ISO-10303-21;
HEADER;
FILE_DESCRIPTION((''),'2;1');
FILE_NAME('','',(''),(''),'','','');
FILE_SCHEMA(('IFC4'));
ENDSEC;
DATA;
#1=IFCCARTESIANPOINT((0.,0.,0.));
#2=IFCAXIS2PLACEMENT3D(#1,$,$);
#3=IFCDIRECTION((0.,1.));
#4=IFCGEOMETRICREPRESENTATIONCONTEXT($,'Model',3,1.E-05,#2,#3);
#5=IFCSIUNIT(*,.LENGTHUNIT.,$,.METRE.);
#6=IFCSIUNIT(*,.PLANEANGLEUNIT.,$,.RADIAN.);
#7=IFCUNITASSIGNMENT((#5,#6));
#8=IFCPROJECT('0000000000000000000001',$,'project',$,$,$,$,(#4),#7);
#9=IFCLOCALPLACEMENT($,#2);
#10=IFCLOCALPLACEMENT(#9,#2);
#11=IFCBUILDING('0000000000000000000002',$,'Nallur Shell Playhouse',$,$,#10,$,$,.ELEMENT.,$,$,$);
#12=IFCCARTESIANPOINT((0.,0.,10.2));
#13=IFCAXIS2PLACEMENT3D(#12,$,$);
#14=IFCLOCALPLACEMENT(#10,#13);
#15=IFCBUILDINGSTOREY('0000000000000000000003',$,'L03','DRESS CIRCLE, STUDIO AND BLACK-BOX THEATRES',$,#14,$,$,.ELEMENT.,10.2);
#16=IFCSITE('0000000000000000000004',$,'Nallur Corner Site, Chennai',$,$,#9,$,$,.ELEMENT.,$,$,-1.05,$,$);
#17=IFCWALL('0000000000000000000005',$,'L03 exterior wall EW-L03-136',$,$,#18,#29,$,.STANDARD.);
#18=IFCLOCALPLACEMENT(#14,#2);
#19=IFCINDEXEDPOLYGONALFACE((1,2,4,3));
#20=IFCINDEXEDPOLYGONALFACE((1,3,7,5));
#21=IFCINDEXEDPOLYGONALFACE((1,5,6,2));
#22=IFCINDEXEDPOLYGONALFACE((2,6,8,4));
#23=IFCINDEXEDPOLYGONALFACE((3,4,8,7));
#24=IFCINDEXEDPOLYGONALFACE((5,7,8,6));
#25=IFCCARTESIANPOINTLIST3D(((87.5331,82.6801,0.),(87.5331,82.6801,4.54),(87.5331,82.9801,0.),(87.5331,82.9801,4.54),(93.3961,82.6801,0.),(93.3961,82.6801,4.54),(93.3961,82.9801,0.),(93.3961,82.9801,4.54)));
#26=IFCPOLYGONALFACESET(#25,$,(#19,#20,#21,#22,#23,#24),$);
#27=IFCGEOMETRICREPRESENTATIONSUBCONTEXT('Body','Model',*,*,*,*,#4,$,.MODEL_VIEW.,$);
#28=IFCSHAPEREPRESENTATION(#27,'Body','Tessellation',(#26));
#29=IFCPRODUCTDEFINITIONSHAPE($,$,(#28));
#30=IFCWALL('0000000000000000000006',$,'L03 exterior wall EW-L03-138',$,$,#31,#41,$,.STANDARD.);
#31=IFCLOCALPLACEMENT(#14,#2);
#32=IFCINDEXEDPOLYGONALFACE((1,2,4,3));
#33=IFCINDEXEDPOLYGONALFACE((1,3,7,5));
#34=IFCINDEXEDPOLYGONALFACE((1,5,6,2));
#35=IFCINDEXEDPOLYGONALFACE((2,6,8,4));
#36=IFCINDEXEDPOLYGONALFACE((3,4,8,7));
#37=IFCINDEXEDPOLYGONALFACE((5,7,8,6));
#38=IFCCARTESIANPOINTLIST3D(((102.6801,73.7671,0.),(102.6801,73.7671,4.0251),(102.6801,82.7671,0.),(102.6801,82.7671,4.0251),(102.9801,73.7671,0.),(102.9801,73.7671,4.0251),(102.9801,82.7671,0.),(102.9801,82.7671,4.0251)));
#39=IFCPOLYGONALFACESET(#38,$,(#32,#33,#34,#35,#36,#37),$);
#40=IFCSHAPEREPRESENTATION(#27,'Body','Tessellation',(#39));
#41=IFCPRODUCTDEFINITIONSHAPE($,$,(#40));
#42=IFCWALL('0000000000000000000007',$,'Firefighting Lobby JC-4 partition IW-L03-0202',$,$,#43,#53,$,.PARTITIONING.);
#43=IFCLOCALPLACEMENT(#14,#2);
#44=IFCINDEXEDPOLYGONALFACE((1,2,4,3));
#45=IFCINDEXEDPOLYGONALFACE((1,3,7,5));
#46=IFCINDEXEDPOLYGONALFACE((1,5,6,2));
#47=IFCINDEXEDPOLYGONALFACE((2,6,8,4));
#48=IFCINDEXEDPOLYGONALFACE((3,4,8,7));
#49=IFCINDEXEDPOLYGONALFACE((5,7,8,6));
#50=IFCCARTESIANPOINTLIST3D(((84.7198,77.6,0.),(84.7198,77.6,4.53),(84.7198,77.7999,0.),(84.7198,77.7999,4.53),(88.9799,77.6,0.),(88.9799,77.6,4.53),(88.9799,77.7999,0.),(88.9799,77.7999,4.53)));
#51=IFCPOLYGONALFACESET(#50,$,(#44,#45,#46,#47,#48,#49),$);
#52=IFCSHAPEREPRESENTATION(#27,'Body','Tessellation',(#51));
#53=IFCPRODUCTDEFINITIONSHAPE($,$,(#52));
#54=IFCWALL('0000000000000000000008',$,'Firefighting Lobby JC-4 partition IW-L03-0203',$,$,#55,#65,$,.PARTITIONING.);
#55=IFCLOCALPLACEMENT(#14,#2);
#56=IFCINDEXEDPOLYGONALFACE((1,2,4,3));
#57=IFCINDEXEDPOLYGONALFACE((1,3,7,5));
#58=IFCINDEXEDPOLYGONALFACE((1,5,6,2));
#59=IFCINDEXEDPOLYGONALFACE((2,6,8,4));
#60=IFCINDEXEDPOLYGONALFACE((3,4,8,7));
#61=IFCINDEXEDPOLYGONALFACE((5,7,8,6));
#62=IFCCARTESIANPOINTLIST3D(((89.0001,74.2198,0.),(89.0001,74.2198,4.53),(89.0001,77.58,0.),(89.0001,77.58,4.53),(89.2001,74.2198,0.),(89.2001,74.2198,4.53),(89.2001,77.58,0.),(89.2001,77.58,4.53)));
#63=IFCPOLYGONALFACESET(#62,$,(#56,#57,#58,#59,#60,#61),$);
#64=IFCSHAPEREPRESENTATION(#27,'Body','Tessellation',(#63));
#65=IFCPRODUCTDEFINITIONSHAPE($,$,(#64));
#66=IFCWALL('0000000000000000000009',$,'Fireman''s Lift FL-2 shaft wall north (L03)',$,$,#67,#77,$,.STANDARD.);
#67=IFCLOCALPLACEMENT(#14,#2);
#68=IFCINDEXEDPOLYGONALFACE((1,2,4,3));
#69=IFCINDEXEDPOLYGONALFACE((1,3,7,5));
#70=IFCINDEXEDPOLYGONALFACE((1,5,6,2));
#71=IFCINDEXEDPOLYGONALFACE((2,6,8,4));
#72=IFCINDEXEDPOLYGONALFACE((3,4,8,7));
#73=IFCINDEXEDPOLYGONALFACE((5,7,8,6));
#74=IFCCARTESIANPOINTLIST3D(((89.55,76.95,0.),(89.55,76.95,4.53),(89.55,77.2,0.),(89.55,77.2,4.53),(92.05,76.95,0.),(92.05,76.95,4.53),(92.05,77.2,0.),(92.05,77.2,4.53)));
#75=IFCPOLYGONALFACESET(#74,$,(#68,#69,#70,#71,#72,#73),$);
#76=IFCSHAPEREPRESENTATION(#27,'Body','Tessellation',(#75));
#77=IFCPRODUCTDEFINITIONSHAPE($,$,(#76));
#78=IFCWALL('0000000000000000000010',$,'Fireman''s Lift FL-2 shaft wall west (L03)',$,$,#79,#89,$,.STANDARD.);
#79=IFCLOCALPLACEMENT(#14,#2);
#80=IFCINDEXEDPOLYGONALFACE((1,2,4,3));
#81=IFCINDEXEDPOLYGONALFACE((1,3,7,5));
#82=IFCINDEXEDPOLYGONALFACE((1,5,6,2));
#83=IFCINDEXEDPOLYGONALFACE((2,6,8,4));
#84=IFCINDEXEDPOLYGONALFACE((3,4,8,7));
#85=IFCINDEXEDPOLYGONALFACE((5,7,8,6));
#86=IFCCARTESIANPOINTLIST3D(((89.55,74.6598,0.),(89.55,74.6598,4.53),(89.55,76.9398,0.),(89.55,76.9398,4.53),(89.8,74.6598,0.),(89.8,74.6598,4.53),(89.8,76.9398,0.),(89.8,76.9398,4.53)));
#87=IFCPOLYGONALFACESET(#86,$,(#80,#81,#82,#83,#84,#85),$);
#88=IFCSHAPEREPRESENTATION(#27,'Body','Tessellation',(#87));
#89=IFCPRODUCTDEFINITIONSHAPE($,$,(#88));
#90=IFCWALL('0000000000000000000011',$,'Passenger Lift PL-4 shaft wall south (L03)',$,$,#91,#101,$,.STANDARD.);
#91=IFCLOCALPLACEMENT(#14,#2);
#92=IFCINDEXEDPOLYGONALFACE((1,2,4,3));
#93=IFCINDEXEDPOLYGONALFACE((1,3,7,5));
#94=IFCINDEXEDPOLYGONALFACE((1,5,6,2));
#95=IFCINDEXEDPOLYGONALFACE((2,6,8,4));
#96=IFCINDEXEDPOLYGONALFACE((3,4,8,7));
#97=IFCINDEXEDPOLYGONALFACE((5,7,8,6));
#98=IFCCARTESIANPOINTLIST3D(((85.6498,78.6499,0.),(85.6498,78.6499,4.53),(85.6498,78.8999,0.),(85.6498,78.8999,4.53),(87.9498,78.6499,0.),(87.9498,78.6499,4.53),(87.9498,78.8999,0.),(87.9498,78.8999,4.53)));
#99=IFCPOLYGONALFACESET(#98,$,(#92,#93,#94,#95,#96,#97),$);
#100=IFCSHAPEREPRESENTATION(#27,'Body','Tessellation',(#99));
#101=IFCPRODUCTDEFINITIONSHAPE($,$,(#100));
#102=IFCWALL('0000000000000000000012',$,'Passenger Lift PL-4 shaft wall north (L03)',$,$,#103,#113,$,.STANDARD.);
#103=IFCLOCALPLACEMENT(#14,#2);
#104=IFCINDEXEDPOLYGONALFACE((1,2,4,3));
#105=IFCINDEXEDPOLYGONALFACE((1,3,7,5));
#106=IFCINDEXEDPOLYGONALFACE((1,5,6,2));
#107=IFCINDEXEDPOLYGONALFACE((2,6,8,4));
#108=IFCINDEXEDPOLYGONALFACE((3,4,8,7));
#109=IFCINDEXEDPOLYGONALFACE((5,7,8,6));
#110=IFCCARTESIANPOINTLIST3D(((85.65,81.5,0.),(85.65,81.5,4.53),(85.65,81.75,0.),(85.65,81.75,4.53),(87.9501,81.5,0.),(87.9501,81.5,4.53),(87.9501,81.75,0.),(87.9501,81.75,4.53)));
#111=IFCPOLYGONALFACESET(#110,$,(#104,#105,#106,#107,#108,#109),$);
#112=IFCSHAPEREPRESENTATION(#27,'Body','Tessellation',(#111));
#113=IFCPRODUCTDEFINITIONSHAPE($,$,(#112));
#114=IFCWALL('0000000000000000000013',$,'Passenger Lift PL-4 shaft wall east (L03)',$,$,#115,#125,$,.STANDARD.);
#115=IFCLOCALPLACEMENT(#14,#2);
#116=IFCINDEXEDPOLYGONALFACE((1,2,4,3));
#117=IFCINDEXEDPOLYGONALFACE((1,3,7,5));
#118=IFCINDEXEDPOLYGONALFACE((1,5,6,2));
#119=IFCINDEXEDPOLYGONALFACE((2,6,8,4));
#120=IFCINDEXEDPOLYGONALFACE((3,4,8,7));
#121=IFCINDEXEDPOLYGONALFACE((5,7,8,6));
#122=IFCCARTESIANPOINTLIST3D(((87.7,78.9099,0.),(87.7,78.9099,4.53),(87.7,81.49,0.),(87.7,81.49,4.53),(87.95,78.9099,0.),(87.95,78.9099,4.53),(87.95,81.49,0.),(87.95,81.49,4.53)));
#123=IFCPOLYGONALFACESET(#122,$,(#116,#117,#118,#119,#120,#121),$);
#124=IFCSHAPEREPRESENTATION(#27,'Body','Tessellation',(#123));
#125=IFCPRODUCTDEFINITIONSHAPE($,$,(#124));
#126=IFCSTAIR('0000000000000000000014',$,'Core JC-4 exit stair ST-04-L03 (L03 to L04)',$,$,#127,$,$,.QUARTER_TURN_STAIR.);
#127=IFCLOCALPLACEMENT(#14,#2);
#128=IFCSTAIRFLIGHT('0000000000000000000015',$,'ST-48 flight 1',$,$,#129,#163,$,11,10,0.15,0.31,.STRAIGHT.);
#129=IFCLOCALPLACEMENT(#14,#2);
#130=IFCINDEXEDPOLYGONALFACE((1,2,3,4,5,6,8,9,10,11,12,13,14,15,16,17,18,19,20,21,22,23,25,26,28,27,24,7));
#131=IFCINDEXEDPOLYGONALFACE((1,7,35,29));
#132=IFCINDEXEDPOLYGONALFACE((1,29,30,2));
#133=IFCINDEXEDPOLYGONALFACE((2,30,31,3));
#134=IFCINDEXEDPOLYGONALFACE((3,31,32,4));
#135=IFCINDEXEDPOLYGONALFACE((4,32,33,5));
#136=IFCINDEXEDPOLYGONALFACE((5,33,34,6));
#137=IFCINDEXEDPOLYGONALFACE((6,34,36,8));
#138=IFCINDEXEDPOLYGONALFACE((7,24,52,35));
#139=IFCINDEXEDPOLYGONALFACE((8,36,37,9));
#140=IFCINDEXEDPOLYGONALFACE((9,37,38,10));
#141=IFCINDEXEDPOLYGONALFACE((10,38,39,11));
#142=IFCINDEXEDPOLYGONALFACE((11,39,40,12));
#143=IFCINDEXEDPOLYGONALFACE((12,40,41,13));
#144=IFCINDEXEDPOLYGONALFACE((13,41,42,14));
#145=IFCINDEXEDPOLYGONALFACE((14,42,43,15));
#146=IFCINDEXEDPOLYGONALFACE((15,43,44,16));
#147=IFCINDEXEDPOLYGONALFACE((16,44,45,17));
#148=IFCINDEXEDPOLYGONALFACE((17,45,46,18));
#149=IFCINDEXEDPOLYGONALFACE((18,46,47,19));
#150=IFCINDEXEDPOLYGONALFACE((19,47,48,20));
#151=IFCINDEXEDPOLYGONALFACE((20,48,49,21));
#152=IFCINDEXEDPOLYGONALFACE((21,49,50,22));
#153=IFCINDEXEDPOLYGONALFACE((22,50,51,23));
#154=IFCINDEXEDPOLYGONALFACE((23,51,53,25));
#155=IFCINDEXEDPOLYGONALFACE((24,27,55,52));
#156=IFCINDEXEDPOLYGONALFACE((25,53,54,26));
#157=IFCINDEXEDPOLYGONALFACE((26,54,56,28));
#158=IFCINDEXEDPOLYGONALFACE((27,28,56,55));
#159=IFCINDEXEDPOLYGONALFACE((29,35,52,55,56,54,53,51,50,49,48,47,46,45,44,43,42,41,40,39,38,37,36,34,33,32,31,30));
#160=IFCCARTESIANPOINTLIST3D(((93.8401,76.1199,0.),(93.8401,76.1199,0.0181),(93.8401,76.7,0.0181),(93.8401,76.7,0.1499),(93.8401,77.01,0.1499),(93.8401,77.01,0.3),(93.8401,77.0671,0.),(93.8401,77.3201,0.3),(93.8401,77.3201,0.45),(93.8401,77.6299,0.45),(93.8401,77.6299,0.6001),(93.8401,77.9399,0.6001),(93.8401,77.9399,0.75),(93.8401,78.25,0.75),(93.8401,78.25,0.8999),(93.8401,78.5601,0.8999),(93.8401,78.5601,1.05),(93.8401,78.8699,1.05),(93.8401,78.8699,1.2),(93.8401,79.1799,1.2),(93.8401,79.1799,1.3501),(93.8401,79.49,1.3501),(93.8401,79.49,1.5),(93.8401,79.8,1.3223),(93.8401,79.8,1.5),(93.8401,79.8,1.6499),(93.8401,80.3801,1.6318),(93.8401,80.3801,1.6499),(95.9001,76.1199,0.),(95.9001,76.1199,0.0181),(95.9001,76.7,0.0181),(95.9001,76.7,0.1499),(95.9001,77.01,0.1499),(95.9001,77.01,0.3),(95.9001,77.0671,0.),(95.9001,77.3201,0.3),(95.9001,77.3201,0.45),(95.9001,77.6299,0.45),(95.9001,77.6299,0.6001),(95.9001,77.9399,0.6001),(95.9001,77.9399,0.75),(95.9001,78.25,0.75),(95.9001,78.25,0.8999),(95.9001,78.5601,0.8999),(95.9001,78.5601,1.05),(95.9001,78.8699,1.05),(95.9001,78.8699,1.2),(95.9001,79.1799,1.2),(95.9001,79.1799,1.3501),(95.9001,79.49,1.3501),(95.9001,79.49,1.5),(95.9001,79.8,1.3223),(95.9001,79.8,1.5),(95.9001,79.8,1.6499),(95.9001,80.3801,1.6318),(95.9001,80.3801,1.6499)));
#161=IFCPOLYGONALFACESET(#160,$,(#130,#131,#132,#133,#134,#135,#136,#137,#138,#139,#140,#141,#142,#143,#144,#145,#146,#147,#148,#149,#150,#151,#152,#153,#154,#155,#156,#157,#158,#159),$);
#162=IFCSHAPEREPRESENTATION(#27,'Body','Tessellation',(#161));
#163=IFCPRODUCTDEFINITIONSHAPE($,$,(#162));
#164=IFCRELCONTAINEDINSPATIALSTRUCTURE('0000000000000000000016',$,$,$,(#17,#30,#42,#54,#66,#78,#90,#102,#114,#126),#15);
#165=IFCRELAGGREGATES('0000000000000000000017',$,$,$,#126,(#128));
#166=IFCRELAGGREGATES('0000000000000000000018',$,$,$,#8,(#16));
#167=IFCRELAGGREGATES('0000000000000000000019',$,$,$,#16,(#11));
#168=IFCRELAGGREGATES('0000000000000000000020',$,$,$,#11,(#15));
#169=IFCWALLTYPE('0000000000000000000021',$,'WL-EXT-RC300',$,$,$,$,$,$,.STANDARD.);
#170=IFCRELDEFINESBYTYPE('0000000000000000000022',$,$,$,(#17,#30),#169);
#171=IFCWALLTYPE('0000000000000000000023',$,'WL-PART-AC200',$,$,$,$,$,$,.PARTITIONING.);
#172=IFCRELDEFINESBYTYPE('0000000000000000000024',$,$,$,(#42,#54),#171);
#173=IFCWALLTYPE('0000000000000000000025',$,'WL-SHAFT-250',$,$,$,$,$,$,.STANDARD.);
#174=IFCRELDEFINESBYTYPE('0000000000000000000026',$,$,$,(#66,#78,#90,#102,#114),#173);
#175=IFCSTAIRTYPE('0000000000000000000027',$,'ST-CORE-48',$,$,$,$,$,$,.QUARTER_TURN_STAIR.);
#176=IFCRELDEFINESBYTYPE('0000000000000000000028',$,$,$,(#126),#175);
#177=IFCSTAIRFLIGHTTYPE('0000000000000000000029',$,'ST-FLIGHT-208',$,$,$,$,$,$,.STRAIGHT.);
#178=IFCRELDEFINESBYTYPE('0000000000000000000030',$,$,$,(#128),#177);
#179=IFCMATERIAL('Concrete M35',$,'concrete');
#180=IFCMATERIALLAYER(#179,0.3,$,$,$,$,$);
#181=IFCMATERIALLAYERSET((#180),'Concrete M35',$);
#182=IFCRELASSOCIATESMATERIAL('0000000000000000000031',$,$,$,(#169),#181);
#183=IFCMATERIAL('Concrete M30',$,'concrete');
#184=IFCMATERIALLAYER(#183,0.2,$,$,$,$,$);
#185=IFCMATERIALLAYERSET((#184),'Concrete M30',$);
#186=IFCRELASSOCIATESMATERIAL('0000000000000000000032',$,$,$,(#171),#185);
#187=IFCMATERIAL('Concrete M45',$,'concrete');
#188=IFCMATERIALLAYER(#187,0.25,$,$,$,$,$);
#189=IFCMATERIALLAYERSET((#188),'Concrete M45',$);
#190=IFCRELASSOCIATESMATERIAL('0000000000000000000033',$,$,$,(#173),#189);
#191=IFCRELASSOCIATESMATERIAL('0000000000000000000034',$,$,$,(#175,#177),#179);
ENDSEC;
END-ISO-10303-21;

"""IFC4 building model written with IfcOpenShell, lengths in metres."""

from ifc_helpers import new_model, si_unit, direction, frame, frame_2d, origin, place, context, subcontext, project, spatial, polyline, rectangle, outline, extrude, material, layer, layer_set, type_object, element, aggregate, save


model = new_model("IFC4")

# Units and contexts
model_context = context("Model", 3, precision=1e-05, world=origin(), true_north=direction((0.0, 1.0)))
body_context = subcontext(model_context, "Body", "Model", "MODEL_VIEW")
ifc_project = project(units=[si_unit("LENGTHUNIT", "METRE"), si_unit("PLANEANGLEUNIT", "RADIAN")], contexts=[model_context])

# Site, building, storey
site_placement = place(None, origin())
site = spatial("IfcSite", under=ifc_project, at=site_placement, Name="Nallur Corner Site, Chennai", CompositionType="ELEMENT", RefElevation=-1.05)
building_placement = place(site_placement, origin())
building = spatial("IfcBuilding", under=site, at=building_placement, Name="Nallur Shell Playhouse", CompositionType="ELEMENT")
storey_placement = place(building_placement, frame((0.0, 0.0, 10.2)))
storey = spatial("IfcBuildingStorey", under=building, at=storey_placement, Name="L03", Description="DRESS CIRCLE, STUDIO AND BLACK-BOX THEATRES", CompositionType="ELEMENT", Elevation=10.2)

# Shared definitions
ifc_material_1 = material(Name="Concrete M35", Category="concrete")

# Walls
ifc_material_2 = material(Name="Concrete M45", Category="concrete")
ifc_layer_1 = layer(ifc_material_1, 0.3)
ifc_layer_set_1 = layer_set([ifc_layer_1], Name="Concrete M35")
wall_type_1 = type_object("IfcWallType", Name="WL-EXT-RC300", PredefinedType="STANDARD", material=ifc_layer_set_1)
wall_1_placement = place(storey_placement, frame((87.533, 82.8301, 0.0), z_axis=(0.0, 0.0, 1.0), x_axis=(1.0, 0.0, 0.0)))
element("IfcWall", 1, at=wall_1_placement, inside=storey, type_object=wall_type_1, Name="L03 exterior wall EW-L03-136", PredefinedType="STANDARD", context=body_context, shape_type="SweptSolid", body=[
    extrude(rectangle(XDim=5.863, YDim=0.3, at=frame_2d((2.9316, 0.0))), origin(), (0.0, 0.0, 1.0), 4.54),
])
wall_2_placement = place(storey_placement, frame((102.8301, 82.7671, 0.0), z_axis=(0.0, 0.0, 1.0), x_axis=(0.0, -1.0, 0.0)))
element("IfcWall", 2, at=wall_2_placement, inside=storey, type_object=wall_type_1, Name="L03 exterior wall EW-L03-138", PredefinedType="STANDARD", context=body_context, shape_type="SweptSolid", body=[
    extrude(rectangle(XDim=9.0, YDim=0.3, at=frame_2d((4.5, 0.0))), origin(), (0.0, 0.0, 1.0), 4.0251),
])
ifc_material_3 = material(Name="Concrete M30", Category="concrete")
ifc_layer_2 = layer(ifc_material_3, 0.2)
ifc_layer_set_2 = layer_set([ifc_layer_2], Name="Concrete M30")
wall_type_2 = type_object("IfcWallType", Name="WL-PART-AC200", PredefinedType="PARTITIONING", material=ifc_layer_set_2)
wall_3_placement = place(storey_placement, frame((84.72, 77.7, 0.0), z_axis=(0.0, 0.0, 1.0), x_axis=(1.0, 0.0, 0.0)))
element("IfcWall", 3, at=wall_3_placement, inside=storey, type_object=wall_type_2, Name="Firefighting Lobby JC-4 partition IW-L03-0202", PredefinedType="PARTITIONING", context=body_context, shape_type="SweptSolid", body=[
    extrude(rectangle(XDim=4.26, YDim=0.2, at=frame_2d((2.1299, 0.0))), origin(), (0.0, 0.0, 1.0), 4.53),
])
wall_4_placement = place(storey_placement, frame((89.1001, 77.5801, 0.0), z_axis=(0.0, 0.0, 1.0), x_axis=(0.0, -1.0, 0.0)))
element("IfcWall", 4, at=wall_4_placement, inside=storey, type_object=wall_type_2, Name="Firefighting Lobby JC-4 partition IW-L03-0203", PredefinedType="PARTITIONING", context=body_context, shape_type="SweptSolid", body=[
    extrude(rectangle(XDim=3.3601, YDim=0.2, at=frame_2d((1.6802, 0.0))), origin(), (0.0, 0.0, 1.0), 4.53),
])
ifc_layer_3 = layer(ifc_material_2, 0.25)
ifc_layer_set_3 = layer_set([ifc_layer_3], Name="Concrete M45")
wall_type_3 = type_object("IfcWallType", Name="WL-SHAFT-250", PredefinedType="STANDARD", material=ifc_layer_set_3)
wall_5_placement = place(storey_placement, frame((92.05, 77.075, 0.0), z_axis=(0.0, 0.0, 1.0), x_axis=(-1.0, 0.0, 0.0)))
element("IfcWall", 5, at=wall_5_placement, inside=storey, type_object=wall_type_3, Name="Fireman's Lift FL-2 shaft wall north (L03)", PredefinedType="STANDARD", context=body_context, shape_type="SweptSolid", body=[
    extrude(rectangle(XDim=2.5, YDim=0.25, at=frame_2d((1.25, 0.0))), origin(), (0.0, 0.0, 1.0), 4.53),
])
wall_6_placement = place(storey_placement, frame((89.675, 76.9399, 0.0), z_axis=(0.0, 0.0, 1.0), x_axis=(0.0, -1.0, 0.0)))
element("IfcWall", 6, at=wall_6_placement, inside=storey, type_object=wall_type_3, Name="Fireman's Lift FL-2 shaft wall west (L03)", PredefinedType="STANDARD", context=body_context, shape_type="SweptSolid", body=[
    extrude(rectangle(XDim=2.28, YDim=0.25, at=frame_2d((1.1401, 0.0))), origin(), (0.0, 0.0, 1.0), 4.53),
])
for number, where, z_axis, x_axis, name in (
    (7, (85.6499, 78.7749, 0.0), (0.0, 0.0, 1.0), (1.0, 0.0, 0.0), "Passenger Lift PL-4 shaft wall south (L03)"),
    (8, (87.95, 81.625, 0.0), (0.0, 0.0, 1.0), (-1.0, 0.0, 0.0), "Passenger Lift PL-4 shaft wall north (L03)"),
):
    element("IfcWall", number, at=place(storey_placement, frame(where, z_axis=z_axis, x_axis=x_axis)), inside=storey, type_object=wall_type_3, Name=name, PredefinedType="STANDARD", context=body_context, shape_type="SweptSolid", body=[
        extrude(rectangle(XDim=2.3, YDim=0.25, at=frame_2d((1.1499, 0.0))), origin(), (0.0, 0.0, 1.0), 4.53),
    ])
wall_7_placement = place(storey_placement, frame((87.825, 78.9099, 0.0), z_axis=(0.0, 0.0, 1.0), x_axis=(0.0, 1.0, 0.0)))
element("IfcWall", 9, at=wall_7_placement, inside=storey, type_object=wall_type_3, Name="Passenger Lift PL-4 shaft wall east (L03)", PredefinedType="STANDARD", context=body_context, shape_type="SweptSolid", body=[
    extrude(rectangle(XDim=2.5801, YDim=0.25, at=frame_2d((1.29, 0.0))), origin(), (0.0, 0.0, 1.0), 4.53),
])

# Stair, stair flight
stair_type = type_object("IfcStairType", Name="ST-CORE-48", PredefinedType="QUARTER_TURN_STAIR", material=ifc_material_1)
stair_placement = place(storey_placement, origin())
stair = element("IfcStair", 10, at=stair_placement, inside=storey, type_object=stair_type, Name="Core JC-4 exit stair ST-04-L03 (L03 to L04)", PredefinedType="QUARTER_TURN_STAIR")
stair_flight_type = type_object("IfcStairFlightType", Name="ST-FLIGHT-208", PredefinedType="STRAIGHT", material=ifc_material_1)
stair_flight_1_placement = place(storey_placement, frame((94.8701, 76.7, 0.0), z_axis=(0.0, 0.0, 1.0), x_axis=(0.0, 1.0, 0.0)))
stair_flight_1 = element("IfcStairFlight", 11, at=stair_flight_1_placement, type_object=stair_flight_type, Name="ST-48 flight 1", NumberOfRisers=11, NumberOfTreads=10, PredefinedType="STRAIGHT", RiserHeight=0.15, TreadLength=0.31, context=body_context, shape_type="SweptSolid", body=[
    extrude(outline(polyline([(-0.5801, 0.0), (-0.5801, 0.0181), (0.0, 0.0181), (0.0, 0.1499), (0.3101, 0.1499), (0.3101, 0.3), (0.6201, 0.3), (0.6201, 0.45), (0.9299, 0.45), (0.9299, 0.6001), (1.24, 0.6001), (1.24, 0.75), (1.55, 0.75), (1.55, 0.8999), (1.8601, 0.8999), (1.8601, 1.05), (2.1699, 1.05), (2.1699, 1.2), (2.48, 1.2), (2.48, 1.3501), (2.79, 1.3501), (2.79, 1.5), (3.1001, 1.5), (3.1001, 1.6499), (3.6802, 1.6499), (3.6802, 1.6318), (3.1001, 1.3223), (0.3672, 0.0), (-0.5801, 0.0)])), frame((0.0, 1.03, 0.0), z_axis=(0.0, -1.0, 0.0), x_axis=(1.0, 0.0, 0.0)), (0.0, 0.0, 1.0), 2.0601),
])
aggregate(stair, [stair_flight_1])

save(model, "model.ifc")
